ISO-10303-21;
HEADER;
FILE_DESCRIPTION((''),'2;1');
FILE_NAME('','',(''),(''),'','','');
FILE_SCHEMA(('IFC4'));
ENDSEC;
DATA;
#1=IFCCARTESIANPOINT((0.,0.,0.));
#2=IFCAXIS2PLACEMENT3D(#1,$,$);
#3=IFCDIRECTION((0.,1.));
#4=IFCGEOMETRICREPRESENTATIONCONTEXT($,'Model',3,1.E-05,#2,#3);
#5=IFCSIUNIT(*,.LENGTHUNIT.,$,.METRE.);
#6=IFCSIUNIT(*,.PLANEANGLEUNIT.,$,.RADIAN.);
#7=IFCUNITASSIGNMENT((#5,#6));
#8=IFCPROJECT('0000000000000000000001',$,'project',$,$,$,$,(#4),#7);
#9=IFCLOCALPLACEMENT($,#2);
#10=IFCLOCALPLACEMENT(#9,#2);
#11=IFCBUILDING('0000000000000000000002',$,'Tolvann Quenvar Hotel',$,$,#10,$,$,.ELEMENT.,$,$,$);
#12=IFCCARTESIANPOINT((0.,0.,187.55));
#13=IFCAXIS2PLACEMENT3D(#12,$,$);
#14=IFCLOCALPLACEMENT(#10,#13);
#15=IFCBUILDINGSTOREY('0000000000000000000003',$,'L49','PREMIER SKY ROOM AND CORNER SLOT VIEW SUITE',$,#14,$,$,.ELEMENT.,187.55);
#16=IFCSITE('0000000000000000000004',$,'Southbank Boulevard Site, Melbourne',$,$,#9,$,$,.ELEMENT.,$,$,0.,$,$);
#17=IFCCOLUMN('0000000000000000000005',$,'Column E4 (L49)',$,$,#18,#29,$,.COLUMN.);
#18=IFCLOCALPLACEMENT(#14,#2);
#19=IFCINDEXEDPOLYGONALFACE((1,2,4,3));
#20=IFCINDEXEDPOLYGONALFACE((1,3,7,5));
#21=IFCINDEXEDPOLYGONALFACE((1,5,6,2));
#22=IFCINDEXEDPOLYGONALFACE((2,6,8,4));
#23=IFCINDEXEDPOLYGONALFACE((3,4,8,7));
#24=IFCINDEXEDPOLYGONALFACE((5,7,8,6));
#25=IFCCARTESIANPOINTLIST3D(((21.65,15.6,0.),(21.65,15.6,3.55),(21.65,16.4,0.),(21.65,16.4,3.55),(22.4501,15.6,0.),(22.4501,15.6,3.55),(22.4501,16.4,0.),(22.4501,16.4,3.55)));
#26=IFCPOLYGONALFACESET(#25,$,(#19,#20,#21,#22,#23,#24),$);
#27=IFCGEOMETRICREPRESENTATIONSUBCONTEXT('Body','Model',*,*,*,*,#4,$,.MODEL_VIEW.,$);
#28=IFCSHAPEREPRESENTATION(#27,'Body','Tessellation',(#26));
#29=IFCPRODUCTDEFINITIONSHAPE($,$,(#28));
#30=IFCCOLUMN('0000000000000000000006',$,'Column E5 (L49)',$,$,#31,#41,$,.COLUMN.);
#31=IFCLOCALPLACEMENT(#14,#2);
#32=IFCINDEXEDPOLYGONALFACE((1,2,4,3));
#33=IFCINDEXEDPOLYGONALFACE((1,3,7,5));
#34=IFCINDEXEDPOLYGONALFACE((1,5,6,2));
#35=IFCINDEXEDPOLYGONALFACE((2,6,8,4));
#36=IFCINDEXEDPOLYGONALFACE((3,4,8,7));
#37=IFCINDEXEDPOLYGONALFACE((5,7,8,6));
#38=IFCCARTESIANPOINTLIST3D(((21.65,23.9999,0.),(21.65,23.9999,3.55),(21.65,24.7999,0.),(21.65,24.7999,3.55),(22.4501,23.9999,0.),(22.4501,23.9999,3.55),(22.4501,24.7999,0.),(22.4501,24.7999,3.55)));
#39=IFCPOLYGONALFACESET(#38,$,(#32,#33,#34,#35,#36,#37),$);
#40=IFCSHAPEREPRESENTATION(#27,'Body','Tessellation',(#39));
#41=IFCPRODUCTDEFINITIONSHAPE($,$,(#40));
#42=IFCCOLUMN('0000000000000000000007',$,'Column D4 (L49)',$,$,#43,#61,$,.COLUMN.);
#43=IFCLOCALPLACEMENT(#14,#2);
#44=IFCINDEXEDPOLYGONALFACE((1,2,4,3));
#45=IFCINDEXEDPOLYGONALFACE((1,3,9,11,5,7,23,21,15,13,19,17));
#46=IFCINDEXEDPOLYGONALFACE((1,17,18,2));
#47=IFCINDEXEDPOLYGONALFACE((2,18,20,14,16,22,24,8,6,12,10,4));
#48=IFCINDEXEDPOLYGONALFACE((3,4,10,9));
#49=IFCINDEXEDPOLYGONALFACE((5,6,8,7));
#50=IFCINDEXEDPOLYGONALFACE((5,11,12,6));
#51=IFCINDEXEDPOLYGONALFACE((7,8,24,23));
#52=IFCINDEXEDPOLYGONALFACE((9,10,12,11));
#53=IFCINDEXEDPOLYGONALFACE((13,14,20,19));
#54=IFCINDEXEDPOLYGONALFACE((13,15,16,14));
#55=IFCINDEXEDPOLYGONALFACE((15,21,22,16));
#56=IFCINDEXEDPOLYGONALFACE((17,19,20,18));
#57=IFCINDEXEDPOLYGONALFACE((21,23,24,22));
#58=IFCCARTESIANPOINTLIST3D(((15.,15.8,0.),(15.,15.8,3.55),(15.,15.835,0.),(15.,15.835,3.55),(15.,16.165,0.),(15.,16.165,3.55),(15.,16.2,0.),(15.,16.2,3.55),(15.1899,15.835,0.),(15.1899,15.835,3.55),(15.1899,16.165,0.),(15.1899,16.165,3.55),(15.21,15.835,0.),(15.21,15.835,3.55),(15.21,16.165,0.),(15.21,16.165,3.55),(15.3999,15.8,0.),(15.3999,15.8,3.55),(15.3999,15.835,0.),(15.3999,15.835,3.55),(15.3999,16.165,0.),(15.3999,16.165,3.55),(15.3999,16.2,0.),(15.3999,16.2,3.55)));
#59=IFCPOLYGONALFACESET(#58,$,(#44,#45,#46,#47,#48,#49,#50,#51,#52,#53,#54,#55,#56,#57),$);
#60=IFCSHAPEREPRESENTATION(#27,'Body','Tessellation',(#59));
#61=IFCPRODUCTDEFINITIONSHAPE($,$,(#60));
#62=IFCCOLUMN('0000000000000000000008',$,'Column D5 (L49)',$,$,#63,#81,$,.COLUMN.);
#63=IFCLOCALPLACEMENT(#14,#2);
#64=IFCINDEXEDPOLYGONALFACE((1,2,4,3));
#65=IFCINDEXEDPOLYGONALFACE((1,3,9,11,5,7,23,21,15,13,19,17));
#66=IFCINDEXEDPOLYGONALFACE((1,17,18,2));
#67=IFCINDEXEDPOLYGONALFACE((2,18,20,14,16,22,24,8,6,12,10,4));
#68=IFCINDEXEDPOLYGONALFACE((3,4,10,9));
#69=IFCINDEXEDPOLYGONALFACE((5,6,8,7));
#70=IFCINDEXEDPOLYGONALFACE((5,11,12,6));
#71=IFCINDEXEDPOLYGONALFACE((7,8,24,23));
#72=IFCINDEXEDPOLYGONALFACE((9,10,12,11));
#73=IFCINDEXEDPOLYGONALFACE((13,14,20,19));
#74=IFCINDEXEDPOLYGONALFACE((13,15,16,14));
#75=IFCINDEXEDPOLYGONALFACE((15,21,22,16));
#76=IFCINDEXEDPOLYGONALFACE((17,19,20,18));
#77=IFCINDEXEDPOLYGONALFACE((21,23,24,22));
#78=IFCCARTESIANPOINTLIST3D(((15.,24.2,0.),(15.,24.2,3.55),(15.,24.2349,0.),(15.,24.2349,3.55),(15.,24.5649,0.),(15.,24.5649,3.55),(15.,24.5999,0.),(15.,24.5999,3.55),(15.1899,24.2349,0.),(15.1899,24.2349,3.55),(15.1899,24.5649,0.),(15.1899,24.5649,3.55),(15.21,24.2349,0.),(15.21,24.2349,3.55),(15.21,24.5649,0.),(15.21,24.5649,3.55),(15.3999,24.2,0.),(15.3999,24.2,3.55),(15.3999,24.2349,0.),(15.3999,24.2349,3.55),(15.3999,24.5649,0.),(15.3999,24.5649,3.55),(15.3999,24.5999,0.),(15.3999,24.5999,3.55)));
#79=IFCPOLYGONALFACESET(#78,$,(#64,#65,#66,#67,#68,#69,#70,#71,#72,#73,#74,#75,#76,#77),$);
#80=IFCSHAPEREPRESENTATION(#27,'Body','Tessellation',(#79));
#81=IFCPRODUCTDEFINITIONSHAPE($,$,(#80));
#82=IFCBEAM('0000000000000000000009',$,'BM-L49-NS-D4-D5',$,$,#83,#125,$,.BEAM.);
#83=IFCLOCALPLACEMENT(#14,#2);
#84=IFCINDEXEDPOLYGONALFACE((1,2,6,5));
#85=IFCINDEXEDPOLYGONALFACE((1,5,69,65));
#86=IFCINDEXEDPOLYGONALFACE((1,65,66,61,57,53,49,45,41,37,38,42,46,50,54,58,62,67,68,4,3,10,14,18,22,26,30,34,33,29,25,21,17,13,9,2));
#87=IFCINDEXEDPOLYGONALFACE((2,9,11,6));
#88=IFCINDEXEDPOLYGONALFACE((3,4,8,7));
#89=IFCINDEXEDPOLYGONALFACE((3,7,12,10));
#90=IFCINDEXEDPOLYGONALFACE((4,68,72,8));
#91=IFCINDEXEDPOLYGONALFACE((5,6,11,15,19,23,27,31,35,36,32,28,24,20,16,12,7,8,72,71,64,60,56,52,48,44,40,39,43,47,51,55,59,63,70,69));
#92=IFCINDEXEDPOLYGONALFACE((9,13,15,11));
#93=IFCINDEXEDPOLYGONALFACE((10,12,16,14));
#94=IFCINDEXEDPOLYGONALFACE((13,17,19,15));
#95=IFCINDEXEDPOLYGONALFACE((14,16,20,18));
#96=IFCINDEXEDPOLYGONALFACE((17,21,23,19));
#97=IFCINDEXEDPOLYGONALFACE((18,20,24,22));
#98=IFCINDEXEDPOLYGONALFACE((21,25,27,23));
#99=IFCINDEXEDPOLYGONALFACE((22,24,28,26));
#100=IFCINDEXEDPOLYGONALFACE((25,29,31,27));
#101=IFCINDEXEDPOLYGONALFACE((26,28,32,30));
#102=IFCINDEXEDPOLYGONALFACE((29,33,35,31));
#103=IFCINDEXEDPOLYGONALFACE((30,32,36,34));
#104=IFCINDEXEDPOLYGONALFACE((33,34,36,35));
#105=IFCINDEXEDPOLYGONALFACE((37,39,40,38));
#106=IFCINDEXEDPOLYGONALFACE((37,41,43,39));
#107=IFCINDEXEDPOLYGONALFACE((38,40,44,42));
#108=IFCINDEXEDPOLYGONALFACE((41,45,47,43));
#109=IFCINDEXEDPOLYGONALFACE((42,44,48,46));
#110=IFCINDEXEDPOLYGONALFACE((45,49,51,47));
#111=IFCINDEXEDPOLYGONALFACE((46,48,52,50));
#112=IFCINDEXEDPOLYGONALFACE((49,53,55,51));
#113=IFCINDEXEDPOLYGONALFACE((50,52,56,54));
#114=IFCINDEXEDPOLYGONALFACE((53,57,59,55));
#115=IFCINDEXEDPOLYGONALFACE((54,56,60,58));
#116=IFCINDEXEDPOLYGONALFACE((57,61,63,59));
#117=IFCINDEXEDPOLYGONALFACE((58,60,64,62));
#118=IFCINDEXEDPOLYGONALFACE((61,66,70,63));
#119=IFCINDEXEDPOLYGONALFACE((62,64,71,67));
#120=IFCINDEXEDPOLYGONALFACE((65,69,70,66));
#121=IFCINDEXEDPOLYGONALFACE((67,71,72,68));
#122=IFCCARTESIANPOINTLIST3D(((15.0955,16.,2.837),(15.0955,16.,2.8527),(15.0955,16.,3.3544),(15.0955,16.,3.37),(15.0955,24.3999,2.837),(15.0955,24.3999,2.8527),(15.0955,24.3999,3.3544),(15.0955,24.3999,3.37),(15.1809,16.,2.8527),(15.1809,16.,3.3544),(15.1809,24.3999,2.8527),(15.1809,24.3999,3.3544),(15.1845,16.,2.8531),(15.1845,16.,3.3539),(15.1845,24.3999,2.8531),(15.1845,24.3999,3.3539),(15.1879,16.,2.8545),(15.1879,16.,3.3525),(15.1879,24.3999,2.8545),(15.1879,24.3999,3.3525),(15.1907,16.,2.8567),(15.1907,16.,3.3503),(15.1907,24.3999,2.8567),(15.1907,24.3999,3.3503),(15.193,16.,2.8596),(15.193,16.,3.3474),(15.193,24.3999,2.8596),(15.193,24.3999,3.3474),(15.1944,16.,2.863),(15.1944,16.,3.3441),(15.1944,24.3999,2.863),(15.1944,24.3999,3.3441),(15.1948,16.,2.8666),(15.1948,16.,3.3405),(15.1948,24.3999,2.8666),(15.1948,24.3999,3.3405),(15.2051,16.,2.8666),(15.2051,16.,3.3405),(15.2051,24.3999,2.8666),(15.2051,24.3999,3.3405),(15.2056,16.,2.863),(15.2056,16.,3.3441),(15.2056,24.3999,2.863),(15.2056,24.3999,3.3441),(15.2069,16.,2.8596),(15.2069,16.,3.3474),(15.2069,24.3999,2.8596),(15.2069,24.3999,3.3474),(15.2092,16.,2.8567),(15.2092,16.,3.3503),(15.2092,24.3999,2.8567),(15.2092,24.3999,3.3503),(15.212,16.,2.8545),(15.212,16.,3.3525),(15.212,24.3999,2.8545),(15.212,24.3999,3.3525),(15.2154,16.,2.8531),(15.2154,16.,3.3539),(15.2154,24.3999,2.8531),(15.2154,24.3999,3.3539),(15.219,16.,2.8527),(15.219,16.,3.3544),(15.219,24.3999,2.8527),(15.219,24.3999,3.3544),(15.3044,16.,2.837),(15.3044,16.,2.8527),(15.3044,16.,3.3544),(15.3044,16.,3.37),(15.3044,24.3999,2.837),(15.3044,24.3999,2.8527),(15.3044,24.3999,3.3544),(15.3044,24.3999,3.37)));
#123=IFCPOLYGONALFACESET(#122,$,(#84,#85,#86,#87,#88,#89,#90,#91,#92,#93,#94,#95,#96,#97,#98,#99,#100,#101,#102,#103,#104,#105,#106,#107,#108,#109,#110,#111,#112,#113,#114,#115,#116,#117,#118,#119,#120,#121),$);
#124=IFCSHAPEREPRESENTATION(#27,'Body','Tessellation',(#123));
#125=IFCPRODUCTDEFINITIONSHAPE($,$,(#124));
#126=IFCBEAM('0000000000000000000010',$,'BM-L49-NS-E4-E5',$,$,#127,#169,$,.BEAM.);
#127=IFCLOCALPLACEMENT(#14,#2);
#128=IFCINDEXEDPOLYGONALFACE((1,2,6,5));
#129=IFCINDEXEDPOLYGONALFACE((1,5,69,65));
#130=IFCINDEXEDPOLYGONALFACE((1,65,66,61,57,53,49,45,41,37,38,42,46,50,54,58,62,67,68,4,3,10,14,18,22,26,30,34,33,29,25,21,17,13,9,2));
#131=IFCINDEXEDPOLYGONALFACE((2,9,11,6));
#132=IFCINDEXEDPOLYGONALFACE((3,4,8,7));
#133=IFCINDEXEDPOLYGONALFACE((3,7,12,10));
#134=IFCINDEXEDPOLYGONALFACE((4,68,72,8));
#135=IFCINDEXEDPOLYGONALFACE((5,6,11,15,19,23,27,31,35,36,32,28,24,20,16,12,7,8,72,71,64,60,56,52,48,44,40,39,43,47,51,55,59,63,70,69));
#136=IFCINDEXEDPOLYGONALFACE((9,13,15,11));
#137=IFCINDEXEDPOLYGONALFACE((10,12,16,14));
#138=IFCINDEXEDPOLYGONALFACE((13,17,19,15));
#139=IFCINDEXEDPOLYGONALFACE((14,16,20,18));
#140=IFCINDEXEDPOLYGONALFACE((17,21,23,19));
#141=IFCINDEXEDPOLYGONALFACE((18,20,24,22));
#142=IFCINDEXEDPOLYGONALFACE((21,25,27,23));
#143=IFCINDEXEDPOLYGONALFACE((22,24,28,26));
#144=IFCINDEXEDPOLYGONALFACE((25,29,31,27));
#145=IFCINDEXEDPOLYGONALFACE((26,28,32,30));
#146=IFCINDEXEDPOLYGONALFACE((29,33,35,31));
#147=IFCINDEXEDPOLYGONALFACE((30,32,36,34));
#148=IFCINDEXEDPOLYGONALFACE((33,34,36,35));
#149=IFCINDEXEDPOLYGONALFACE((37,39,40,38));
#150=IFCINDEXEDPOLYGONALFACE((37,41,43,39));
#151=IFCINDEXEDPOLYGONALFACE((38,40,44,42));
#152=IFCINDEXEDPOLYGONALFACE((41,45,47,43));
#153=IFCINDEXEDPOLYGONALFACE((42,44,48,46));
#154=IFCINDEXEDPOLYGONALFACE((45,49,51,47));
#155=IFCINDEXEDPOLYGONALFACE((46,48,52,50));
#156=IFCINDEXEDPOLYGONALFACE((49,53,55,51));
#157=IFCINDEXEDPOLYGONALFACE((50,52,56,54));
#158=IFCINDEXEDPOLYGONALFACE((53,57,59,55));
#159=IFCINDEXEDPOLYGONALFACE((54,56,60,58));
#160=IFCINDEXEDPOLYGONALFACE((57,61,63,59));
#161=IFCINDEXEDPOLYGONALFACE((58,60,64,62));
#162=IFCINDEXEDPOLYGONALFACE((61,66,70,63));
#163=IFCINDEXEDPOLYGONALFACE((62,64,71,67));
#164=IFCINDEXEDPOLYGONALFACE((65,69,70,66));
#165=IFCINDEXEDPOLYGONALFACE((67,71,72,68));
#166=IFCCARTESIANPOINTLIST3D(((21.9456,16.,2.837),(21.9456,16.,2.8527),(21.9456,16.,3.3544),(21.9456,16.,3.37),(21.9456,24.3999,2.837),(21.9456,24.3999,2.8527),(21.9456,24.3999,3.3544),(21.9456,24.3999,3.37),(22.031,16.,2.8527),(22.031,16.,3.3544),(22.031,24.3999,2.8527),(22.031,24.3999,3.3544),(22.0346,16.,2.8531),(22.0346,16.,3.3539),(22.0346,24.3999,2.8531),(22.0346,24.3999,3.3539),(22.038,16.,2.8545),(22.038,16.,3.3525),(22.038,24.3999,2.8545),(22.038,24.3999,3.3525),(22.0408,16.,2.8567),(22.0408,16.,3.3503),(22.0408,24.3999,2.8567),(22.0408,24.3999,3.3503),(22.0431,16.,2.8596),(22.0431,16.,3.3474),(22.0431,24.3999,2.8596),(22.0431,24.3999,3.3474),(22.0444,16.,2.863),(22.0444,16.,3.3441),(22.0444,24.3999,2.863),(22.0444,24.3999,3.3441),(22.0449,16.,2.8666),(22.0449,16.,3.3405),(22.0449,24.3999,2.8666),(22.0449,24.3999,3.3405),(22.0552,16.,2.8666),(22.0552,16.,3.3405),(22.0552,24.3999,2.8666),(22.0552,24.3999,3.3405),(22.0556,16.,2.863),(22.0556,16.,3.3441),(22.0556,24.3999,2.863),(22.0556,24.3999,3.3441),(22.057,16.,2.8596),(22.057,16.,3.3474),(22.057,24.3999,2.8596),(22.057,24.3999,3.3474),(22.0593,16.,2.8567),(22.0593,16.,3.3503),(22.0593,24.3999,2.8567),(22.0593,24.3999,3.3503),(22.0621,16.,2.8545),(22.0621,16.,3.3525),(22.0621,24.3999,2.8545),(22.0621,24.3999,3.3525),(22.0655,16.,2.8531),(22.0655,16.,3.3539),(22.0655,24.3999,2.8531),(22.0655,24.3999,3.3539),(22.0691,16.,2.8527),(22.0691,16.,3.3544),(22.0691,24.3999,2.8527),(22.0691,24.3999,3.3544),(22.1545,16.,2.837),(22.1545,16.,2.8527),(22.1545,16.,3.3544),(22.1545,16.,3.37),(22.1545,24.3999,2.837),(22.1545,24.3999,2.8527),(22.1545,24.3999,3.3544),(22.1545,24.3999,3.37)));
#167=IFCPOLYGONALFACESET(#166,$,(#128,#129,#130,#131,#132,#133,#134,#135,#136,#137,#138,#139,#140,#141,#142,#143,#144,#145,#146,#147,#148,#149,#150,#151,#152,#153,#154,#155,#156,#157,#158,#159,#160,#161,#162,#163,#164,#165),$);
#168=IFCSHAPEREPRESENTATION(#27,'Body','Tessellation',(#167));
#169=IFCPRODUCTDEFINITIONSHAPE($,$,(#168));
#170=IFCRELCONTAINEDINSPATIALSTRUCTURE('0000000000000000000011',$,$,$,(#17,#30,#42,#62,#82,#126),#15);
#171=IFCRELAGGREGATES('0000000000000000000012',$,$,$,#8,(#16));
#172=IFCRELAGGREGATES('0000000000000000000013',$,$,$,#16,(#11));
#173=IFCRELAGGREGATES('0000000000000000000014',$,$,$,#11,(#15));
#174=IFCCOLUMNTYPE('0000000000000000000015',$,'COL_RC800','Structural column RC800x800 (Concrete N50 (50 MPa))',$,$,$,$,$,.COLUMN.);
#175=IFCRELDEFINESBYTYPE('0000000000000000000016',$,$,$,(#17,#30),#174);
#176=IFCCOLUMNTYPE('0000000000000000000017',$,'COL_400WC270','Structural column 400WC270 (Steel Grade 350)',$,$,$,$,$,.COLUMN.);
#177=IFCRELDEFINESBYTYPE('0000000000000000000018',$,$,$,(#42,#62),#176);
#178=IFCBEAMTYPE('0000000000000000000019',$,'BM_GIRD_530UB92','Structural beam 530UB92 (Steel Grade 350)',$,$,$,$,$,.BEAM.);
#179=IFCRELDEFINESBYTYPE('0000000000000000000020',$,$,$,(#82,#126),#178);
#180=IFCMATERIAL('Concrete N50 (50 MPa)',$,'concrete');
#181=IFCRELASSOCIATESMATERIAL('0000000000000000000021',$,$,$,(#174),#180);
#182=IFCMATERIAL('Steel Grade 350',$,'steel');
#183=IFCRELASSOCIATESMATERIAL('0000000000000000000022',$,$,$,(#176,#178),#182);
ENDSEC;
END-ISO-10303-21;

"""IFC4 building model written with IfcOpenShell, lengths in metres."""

from ifc_helpers import new_model, si_unit, direction, frame, origin, origin_2d, place, context, subcontext, project, spatial, rectangle, i_section, extrude, source, transform, mapped, material, material_profile, profile_set, type_object, type_shapes, element, save


model = new_model("IFC4")

# Units and contexts
model_context = context("Model", 3, precision=1e-05, world=origin(), true_north=direction((0.0, 1.0)))
body_context = subcontext(model_context, "Body", "Model", "MODEL_VIEW")
ifc_project = project(units=[si_unit("LENGTHUNIT", "METRE"), si_unit("PLANEANGLEUNIT", "RADIAN")], contexts=[model_context])

# Site, building, storey
site_placement = place(None, origin())
site = spatial("IfcSite", under=ifc_project, at=site_placement, Name="Southbank Boulevard Site, Melbourne", CompositionType="ELEMENT", RefElevation=0.0)
building_placement = place(site_placement, origin())
building = spatial("IfcBuilding", under=site, at=building_placement, Name="Tolvann Quenvar Hotel", CompositionType="ELEMENT")
storey_placement = place(building_placement, frame((0.0, 0.0, 187.55)))
storey = spatial("IfcBuildingStorey", under=building, at=storey_placement, Name="L49", Description="PREMIER SKY ROOM AND CORNER SLOT VIEW SUITE", CompositionType="ELEMENT", Elevation=187.55)

# Columns
ifc_material_1 = material(Name="Concrete N50 (50 MPa)", Category="concrete")
ifc_material_profile_1 = material_profile(ifc_material_1, rectangle(XDim=0.8, YDim=0.8, at=origin_2d()), Name="RC800x800")
ifc_profile_set_1 = profile_set([ifc_material_profile_1], Name="Concrete N50 (50 MPa)")
column_type_1 = type_object("IfcColumnType", Name="COL_RC800", Description="Structural column RC800x800 (Concrete N50 (50 MPa))", PredefinedType="COLUMN", material=ifc_profile_set_1)
shared_shape_1 = source(origin(), body_context, "Body", "SweptSolid", [
    extrude(rectangle(XDim=0.8, YDim=0.8, at=origin_2d()), origin(), (0.0, 0.0, 1.0), 3.55),
])
type_shapes(column_type_1, [shared_shape_1])
for number, where, z_axis, x_axis, name in (
    (1, (22.05, 16.0, 0.0), (0.0, 0.0, 1.0), (1.0, 0.0, 0.0), "Column E4 (L49)"),
    (2, (22.05, 24.3999, 0.0), (0.0, 0.0, 1.0), (1.0, 0.0, 0.0), "Column E5 (L49)"),
):
    element("IfcColumn", number, at=place(storey_placement, frame(where, z_axis=z_axis, x_axis=x_axis)), inside=storey, type_object=column_type_1, Name=name, PredefinedType="COLUMN", context=body_context, shape_type="MappedRepresentation", body=[
        mapped(shared_shape_1, transform((0.0, 0.0, 0.0), x_axis=(1.0, 0.0, 0.0), y_axis=(0.0, 1.0, 0.0), z_axis=(0.0, 0.0, 1.0), scale=1.0)),
    ])
ifc_material_2 = material(Name="Steel Grade 350", Category="steel")
ifc_material_profile_2 = material_profile(ifc_material_2, i_section(OverallWidth=0.3999, OverallDepth=0.3999, WebThickness=0.02, FlangeThickness=0.0349, at=origin_2d()), Name="400WC270")
ifc_profile_set_2 = profile_set([ifc_material_profile_2], Name="Steel Grade 350")
column_type_2 = type_object("IfcColumnType", Name="COL_400WC270", Description="Structural column 400WC270 (Steel Grade 350)", PredefinedType="COLUMN", material=ifc_profile_set_2)
shared_shape_2 = source(origin(), body_context, "Body", "SweptSolid", [
    extrude(i_section(OverallWidth=0.3999, OverallDepth=0.3999, WebThickness=0.02, FlangeThickness=0.0349, at=origin_2d()), origin(), (0.0, 0.0, 1.0), 3.55),
])
type_shapes(column_type_2, [shared_shape_2])
for number, where, z_axis, x_axis, name in (
    (3, (15.2, 16.0, 0.0), (0.0, 0.0, 1.0), (1.0, 0.0, 0.0), "Column D4 (L49)"),
    (4, (15.2, 24.3999, 0.0), (0.0, 0.0, 1.0), (1.0, 0.0, 0.0), "Column D5 (L49)"),
):
    element("IfcColumn", number, at=place(storey_placement, frame(where, z_axis=z_axis, x_axis=x_axis)), inside=storey, type_object=column_type_2, Name=name, PredefinedType="COLUMN", context=body_context, shape_type="MappedRepresentation", body=[
        mapped(shared_shape_2, transform((0.0, 0.0, 0.0), x_axis=(1.0, 0.0, 0.0), y_axis=(0.0, 1.0, 0.0), z_axis=(0.0, 0.0, 1.0), scale=1.0)),
    ])

# Beams
ifc_material_profile_3 = material_profile(ifc_material_2, i_section(OverallWidth=0.209, OverallDepth=0.533, WebThickness=0.0103, FlangeThickness=0.0156, FilletRadius=0.0139, at=origin_2d()), Name="530UB92")
ifc_profile_set_3 = profile_set([ifc_material_profile_3], Name="Steel Grade 350")
beam_type_1 = type_object("IfcBeamType", Name="BM_GIRD_530UB92", Description="Structural beam 530UB92 (Steel Grade 350)", PredefinedType="BEAM", material=ifc_profile_set_3)
shared_shape_3 = source(origin(), body_context, "Body", "SweptSolid", [
    extrude(i_section(OverallWidth=0.209, OverallDepth=0.533, WebThickness=0.0103, FlangeThickness=0.0156, FilletRadius=0.0139, at=origin_2d()), origin(), (0.0, 0.0, 1.0), 8.3999),
])
type_shapes(beam_type_1, [shared_shape_3])
for number, where, z_axis, x_axis, name in (
    (5, (15.2, 16.0, 3.1035), (0.0, 1.0, 0.0), (-1.0, 0.0, 0.0), "BM-L49-NS-D4-D5"),
    (6, (22.05, 16.0, 3.1035), (0.0, 1.0, 0.0), (-1.0, 0.0, 0.0), "BM-L49-NS-E4-E5"),
):
    element("IfcBeam", number, at=place(storey_placement, frame(where, z_axis=z_axis, x_axis=x_axis)), inside=storey, type_object=beam_type_1, Name=name, PredefinedType="BEAM", context=body_context, shape_type="MappedRepresentation", body=[
        mapped(shared_shape_3, transform((0.0, 0.0, 0.0), x_axis=(1.0, 0.0, 0.0), y_axis=(0.0, 1.0, 0.0), z_axis=(0.0, 0.0, 1.0), scale=1.0)),
    ])

save(model, "model.ifc")
